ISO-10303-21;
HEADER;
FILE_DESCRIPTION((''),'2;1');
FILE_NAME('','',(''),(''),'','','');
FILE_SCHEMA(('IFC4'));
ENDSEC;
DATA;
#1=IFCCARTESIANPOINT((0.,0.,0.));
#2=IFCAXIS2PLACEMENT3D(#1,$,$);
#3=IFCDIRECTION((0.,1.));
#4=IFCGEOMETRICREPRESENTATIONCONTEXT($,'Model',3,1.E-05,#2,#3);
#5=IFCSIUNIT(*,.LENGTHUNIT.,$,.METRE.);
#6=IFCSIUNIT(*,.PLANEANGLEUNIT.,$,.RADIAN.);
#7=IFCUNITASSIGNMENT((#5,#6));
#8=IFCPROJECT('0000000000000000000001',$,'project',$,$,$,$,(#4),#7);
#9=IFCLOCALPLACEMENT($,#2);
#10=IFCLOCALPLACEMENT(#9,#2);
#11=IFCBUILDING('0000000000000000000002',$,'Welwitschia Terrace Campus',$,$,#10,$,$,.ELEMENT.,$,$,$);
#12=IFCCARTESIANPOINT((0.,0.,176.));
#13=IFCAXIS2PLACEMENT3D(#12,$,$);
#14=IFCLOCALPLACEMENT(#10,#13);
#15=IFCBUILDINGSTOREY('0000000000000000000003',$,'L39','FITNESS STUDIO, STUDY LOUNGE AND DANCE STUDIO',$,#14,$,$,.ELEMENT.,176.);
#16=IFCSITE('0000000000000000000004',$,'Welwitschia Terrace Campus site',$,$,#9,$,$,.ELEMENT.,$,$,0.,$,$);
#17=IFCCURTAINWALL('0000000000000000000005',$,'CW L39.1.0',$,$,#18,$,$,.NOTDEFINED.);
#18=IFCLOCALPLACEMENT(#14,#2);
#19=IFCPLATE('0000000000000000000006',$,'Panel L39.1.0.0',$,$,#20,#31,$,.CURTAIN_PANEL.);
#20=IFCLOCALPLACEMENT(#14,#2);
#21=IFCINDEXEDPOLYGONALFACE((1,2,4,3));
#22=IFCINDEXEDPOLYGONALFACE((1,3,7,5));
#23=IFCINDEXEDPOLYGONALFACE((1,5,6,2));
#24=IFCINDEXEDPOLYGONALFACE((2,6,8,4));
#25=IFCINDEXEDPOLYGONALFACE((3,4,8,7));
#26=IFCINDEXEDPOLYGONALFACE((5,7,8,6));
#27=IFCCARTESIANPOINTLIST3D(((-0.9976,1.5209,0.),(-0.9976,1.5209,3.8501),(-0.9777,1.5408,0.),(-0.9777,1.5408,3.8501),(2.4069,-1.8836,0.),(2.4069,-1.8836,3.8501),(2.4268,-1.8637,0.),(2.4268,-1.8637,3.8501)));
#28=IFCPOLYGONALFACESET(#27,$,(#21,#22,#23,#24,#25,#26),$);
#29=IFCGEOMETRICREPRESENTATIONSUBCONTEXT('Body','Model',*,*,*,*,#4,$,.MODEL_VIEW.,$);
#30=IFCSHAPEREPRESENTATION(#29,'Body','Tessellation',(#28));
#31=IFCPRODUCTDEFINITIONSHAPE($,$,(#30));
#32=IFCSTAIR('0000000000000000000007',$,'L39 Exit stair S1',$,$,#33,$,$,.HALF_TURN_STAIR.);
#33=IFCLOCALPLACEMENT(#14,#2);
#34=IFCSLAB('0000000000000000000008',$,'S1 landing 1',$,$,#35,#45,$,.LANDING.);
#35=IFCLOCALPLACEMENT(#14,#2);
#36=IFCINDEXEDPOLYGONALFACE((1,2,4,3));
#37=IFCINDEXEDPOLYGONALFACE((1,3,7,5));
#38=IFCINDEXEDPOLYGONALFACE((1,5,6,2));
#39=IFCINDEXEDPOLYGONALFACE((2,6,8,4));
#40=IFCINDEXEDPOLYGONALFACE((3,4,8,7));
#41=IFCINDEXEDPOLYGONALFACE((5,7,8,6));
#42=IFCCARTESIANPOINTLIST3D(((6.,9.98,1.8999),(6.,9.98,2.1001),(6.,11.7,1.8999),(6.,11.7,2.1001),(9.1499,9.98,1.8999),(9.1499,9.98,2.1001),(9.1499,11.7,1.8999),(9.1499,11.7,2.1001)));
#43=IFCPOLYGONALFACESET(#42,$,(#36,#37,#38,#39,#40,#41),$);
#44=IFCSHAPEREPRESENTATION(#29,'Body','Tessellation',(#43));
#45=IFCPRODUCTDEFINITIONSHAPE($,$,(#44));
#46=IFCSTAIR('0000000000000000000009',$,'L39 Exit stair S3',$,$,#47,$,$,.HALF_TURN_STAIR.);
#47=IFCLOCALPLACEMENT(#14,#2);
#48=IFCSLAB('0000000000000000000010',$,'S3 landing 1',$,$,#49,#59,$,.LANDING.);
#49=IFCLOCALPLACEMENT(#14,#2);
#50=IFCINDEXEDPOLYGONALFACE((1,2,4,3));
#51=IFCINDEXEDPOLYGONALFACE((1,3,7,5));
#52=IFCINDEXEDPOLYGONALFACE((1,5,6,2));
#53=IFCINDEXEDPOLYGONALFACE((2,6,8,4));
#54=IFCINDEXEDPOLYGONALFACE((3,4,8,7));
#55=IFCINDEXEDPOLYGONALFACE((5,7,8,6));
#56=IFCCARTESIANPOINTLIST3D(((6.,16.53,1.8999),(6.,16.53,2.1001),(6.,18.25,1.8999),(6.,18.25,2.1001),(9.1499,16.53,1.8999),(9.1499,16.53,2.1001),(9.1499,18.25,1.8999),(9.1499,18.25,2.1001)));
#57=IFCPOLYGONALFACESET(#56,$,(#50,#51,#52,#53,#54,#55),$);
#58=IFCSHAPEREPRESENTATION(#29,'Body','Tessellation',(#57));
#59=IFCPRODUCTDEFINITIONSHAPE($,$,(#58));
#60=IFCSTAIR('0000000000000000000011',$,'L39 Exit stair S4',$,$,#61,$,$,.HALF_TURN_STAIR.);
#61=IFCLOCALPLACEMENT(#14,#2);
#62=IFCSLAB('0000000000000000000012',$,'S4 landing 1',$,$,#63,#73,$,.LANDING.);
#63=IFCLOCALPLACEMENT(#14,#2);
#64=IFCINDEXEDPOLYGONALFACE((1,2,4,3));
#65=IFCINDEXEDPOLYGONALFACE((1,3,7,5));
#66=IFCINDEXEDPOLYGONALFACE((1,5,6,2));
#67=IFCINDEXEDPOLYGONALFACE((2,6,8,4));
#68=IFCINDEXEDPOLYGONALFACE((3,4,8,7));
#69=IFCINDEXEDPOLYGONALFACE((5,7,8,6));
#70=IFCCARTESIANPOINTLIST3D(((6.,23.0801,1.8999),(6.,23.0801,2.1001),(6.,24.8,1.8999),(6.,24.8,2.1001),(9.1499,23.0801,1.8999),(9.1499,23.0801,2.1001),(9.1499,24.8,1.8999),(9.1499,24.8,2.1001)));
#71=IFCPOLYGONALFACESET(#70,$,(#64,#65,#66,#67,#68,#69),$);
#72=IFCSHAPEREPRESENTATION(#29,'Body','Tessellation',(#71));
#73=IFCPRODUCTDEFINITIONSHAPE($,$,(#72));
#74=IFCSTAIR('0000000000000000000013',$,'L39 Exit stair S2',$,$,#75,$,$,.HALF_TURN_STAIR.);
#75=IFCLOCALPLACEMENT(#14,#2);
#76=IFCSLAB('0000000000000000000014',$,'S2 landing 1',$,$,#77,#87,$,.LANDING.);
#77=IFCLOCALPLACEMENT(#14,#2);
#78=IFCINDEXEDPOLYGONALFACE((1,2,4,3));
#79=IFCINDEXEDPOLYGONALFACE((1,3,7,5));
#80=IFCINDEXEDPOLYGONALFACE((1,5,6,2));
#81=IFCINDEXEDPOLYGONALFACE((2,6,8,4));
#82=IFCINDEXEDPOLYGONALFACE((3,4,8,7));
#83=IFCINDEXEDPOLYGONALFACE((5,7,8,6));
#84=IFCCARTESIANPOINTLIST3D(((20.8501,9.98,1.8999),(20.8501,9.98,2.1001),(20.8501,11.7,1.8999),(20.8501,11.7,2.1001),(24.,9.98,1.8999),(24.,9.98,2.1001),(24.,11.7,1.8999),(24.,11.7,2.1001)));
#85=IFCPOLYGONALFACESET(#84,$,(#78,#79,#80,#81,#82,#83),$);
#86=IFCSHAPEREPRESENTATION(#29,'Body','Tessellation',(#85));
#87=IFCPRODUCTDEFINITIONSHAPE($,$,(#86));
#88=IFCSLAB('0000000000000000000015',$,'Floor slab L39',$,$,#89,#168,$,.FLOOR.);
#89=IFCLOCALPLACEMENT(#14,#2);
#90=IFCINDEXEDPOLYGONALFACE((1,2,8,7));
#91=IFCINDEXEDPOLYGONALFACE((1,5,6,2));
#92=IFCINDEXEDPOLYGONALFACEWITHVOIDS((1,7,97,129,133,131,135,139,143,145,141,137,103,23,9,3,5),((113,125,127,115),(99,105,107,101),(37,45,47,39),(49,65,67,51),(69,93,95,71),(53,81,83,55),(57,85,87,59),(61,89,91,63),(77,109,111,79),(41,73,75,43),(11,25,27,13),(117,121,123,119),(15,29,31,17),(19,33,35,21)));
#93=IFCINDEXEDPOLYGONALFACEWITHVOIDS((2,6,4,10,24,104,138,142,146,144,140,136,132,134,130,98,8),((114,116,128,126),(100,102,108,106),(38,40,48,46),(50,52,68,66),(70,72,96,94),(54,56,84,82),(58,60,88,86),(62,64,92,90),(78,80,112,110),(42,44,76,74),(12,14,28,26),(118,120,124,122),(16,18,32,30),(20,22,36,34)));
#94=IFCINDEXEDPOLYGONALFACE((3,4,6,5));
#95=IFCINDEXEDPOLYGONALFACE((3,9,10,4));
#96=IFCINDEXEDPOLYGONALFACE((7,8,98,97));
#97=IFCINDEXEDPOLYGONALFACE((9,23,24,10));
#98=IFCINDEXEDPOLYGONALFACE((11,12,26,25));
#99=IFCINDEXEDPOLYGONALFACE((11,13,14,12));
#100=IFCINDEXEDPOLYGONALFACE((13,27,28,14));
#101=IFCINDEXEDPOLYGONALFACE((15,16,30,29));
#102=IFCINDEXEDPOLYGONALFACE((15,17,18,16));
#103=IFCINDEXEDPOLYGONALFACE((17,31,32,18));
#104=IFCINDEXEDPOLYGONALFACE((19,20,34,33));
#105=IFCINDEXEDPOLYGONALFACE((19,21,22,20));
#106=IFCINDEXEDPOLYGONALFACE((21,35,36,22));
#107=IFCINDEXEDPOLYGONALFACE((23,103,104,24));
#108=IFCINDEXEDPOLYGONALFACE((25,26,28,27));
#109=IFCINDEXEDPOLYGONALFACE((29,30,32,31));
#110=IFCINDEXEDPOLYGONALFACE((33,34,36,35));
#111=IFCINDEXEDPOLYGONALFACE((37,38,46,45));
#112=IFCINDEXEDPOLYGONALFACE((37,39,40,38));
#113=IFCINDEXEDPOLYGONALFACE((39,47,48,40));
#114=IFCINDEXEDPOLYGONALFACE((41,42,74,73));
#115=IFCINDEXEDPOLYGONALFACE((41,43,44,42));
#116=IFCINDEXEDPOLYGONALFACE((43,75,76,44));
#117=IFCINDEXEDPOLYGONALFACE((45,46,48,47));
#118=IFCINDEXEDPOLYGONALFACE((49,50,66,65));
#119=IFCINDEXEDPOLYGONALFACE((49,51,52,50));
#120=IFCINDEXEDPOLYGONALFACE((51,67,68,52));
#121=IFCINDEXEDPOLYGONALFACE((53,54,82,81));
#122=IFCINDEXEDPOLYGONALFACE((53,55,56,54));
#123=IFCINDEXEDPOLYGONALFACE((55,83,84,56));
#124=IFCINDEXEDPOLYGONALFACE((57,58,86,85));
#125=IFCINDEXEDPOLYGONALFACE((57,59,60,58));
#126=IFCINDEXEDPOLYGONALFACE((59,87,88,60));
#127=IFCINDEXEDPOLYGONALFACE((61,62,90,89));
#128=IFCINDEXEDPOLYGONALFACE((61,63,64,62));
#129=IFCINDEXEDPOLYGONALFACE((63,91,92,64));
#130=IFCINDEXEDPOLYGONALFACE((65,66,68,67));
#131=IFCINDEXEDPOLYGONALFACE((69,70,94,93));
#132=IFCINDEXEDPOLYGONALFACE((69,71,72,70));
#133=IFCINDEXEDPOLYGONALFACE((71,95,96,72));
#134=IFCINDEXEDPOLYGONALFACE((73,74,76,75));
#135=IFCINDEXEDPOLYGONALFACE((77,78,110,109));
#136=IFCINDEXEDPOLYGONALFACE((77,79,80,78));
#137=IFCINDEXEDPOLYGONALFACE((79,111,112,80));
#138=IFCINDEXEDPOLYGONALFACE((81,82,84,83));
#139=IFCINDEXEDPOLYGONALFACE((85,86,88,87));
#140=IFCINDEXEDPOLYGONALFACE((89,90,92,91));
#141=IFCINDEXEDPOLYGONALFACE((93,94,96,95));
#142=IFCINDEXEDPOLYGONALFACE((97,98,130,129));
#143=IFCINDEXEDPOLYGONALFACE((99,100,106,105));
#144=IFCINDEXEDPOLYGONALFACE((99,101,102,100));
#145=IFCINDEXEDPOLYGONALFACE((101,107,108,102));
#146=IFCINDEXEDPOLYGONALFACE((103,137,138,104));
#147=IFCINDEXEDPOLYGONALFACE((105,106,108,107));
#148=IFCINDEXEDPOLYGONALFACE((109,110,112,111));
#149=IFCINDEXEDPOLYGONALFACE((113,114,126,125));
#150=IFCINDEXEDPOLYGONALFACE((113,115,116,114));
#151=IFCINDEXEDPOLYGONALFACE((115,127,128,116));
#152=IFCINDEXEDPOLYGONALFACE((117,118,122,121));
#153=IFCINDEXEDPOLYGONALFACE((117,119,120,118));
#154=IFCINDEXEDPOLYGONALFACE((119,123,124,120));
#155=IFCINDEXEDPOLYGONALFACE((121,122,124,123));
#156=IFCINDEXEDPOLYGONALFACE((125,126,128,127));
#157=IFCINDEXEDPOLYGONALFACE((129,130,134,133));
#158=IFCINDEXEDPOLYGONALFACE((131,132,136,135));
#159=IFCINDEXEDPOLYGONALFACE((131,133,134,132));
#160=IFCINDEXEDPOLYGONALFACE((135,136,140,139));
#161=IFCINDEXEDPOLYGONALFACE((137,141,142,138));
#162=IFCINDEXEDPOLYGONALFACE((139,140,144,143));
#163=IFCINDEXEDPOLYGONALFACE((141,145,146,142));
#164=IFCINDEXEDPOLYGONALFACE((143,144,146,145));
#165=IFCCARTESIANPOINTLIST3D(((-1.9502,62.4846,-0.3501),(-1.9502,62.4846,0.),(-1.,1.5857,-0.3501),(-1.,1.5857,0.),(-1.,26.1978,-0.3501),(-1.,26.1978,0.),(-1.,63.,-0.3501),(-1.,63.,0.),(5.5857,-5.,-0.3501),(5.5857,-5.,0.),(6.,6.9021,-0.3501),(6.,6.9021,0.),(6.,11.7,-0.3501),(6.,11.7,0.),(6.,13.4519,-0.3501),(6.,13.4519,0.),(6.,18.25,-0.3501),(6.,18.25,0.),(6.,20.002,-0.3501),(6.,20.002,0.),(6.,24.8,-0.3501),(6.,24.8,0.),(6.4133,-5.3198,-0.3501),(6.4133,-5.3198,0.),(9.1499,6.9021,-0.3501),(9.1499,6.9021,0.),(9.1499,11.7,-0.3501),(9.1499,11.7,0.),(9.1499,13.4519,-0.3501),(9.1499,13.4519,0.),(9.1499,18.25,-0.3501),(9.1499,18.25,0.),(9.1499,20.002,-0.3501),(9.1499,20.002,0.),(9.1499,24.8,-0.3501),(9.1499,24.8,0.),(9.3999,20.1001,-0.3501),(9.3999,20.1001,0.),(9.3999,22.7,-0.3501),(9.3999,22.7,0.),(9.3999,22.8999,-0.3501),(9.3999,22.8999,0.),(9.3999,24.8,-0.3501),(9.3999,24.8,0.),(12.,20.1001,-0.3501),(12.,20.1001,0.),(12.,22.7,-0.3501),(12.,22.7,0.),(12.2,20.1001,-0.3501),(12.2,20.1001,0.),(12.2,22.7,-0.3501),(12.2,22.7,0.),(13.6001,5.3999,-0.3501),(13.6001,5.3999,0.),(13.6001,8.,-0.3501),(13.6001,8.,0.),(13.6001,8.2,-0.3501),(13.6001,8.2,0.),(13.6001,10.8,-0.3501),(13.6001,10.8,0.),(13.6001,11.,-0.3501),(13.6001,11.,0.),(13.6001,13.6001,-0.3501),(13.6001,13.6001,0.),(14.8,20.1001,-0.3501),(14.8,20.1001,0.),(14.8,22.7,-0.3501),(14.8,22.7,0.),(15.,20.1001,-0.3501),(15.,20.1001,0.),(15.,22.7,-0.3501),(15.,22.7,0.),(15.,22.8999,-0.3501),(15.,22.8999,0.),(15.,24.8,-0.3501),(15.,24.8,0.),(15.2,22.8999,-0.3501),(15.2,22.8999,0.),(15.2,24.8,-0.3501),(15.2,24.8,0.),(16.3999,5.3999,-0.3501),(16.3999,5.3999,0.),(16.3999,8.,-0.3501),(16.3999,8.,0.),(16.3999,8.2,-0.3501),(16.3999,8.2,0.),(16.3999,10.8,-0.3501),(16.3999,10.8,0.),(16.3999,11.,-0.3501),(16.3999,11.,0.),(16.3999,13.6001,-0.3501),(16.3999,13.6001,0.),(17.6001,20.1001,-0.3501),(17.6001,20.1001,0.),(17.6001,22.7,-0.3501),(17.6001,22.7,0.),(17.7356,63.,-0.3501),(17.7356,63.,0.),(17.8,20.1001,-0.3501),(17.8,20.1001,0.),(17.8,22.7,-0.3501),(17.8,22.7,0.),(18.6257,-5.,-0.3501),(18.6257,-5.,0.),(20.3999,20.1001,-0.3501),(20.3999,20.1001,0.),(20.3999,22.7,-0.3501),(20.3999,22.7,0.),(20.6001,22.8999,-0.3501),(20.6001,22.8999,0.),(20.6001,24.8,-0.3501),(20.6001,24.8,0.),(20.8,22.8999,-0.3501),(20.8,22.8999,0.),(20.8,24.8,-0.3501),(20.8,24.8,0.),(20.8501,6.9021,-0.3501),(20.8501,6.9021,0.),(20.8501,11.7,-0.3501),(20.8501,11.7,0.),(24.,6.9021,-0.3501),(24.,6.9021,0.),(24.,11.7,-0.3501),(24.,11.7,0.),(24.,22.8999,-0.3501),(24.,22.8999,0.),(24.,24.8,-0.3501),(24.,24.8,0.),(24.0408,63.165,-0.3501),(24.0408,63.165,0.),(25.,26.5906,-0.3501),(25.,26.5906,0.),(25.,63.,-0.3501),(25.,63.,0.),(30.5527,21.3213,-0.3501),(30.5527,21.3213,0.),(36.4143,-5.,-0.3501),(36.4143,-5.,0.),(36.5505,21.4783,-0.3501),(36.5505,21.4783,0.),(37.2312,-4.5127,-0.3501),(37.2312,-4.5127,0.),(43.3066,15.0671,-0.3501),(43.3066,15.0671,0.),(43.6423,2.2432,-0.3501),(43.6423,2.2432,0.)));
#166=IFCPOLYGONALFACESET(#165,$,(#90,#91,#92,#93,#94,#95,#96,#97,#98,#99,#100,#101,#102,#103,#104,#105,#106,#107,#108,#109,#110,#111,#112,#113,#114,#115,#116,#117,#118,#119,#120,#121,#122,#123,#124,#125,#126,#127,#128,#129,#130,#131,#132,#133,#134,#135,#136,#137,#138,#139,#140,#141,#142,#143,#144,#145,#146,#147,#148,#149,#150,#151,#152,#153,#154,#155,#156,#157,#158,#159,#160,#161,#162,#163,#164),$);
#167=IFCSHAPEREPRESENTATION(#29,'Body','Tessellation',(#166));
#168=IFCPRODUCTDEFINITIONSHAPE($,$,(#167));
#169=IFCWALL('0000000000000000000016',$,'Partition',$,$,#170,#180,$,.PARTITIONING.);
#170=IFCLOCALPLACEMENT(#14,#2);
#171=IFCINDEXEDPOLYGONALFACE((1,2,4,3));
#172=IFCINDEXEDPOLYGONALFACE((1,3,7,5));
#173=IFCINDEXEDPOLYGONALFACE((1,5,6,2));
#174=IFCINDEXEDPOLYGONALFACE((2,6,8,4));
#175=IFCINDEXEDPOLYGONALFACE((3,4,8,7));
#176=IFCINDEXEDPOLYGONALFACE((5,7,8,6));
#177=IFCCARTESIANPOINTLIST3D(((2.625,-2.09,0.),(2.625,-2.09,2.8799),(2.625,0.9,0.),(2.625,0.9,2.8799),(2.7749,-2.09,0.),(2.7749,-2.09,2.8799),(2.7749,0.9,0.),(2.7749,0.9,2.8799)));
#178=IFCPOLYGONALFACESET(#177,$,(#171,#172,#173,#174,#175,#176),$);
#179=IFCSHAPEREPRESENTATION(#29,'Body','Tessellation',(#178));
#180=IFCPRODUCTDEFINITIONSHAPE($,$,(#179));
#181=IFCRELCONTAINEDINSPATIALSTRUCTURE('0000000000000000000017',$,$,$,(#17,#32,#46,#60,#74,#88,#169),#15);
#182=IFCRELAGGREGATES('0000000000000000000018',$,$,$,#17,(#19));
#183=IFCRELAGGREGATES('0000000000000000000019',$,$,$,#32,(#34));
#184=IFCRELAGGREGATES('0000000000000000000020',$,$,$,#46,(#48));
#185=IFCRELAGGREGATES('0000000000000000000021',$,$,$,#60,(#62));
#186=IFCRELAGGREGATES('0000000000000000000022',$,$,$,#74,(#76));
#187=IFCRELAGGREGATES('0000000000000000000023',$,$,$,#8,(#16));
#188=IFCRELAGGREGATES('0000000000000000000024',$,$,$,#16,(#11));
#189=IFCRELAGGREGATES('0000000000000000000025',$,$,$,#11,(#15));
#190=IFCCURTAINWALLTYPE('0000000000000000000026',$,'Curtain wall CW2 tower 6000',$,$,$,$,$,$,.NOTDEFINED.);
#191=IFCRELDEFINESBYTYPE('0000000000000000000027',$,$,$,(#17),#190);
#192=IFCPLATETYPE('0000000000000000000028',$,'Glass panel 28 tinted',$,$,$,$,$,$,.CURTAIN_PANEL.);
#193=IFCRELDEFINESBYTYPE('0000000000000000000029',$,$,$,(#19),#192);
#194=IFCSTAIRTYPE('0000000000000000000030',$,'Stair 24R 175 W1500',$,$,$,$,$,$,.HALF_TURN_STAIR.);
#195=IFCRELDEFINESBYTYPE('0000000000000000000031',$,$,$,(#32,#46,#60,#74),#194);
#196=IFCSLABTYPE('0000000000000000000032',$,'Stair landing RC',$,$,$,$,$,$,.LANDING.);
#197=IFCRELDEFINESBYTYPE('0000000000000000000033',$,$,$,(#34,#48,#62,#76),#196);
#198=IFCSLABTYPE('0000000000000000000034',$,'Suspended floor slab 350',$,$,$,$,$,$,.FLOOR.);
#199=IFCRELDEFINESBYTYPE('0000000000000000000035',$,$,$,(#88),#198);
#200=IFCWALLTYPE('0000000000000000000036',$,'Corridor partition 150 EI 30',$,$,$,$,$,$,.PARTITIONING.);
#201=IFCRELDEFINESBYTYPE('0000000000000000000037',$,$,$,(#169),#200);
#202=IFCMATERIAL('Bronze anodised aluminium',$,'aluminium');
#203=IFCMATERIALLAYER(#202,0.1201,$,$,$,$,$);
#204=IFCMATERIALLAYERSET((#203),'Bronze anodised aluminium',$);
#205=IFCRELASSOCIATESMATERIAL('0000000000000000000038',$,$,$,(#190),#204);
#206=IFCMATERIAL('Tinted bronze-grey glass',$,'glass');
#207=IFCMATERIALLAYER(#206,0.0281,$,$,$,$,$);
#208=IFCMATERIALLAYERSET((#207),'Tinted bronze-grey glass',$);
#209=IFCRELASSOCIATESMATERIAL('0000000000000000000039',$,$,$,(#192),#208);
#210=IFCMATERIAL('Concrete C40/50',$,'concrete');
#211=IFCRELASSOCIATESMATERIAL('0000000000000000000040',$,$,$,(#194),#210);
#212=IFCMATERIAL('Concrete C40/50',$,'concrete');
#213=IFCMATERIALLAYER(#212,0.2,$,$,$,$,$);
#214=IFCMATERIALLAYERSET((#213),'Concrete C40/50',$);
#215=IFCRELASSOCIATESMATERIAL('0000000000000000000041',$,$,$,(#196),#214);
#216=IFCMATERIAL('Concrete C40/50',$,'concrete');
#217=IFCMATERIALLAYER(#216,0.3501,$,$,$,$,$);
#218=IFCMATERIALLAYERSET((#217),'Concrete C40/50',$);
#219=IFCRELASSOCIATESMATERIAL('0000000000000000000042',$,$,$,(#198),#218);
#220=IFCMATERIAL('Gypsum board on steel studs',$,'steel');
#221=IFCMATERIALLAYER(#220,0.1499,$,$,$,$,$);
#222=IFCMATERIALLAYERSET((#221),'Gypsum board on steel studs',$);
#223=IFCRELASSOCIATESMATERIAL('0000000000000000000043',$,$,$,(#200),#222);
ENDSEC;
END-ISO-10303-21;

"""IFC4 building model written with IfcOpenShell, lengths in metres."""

from ifc_helpers import new_model, si_unit, direction, frame, frame_2d, origin, origin_2d, place, context, subcontext, project, spatial, polyline, rectangle, outline, extrude, material, layer, layer_set, type_object, element, aggregate, save


model = new_model("IFC4")

# Units and contexts
model_context = context("Model", 3, precision=1e-05, world=origin(), true_north=direction((0.0, 1.0)))
body_context = subcontext(model_context, "Body", "Model", "MODEL_VIEW")
ifc_project = project(units=[si_unit("LENGTHUNIT", "METRE"), si_unit("PLANEANGLEUNIT", "RADIAN")], contexts=[model_context])

# Site, building, storey
site_placement = place(None, origin())
site = spatial("IfcSite", under=ifc_project, at=site_placement, Name="Welwitschia Terrace Campus site", CompositionType="ELEMENT", RefElevation=0.0)
building_placement = place(site_placement, origin())
building = spatial("IfcBuilding", under=site, at=building_placement, Name="Welwitschia Terrace Campus", CompositionType="ELEMENT")
storey_placement = place(building_placement, frame((0.0, 0.0, 176.0)))
storey = spatial("IfcBuildingStorey", under=building, at=storey_placement, Name="L39", Description="FITNESS STUDIO, STUDY LOUNGE AND DANCE STUDIO", CompositionType="ELEMENT", Elevation=176.0)

# Shared definitions
ifc_material_1 = material(Name="Bronze anodised aluminium", Category="aluminium")
ifc_layer_1 = layer(ifc_material_1, 0.1201)
ifc_layer_set_1 = layer_set([ifc_layer_1], Name="Bronze anodised aluminium")
curtain_wall_type = type_object("IfcCurtainWallType", Name="Curtain wall CW2 tower 6000", PredefinedType="NOTDEFINED", material=ifc_layer_set_1)

# Curtain wall
curtain_wall_1_placement = place(storey_placement, origin())
curtain_wall_1 = element("IfcCurtainWall", 1, at=curtain_wall_1_placement, inside=storey, type_object=curtain_wall_type, Name="CW L39.1.0", PredefinedType="NOTDEFINED")

# Plate
ifc_material_2 = material(Name="Tinted bronze-grey glass", Category="glass")
ifc_layer_2 = layer(ifc_material_2, 0.0281)
ifc_layer_set_2 = layer_set([ifc_layer_2], Name="Tinted bronze-grey glass")
plate_type = type_object("IfcPlateType", Name="Glass panel 28 tinted", PredefinedType="CURTAIN_PANEL", material=ifc_layer_set_2)
plate_1_placement = place(storey_placement, frame((0.7146, -0.1714, 0.0), z_axis=(0.0, 0.0, 1.0), x_axis=(0.707107, -0.707107, 0.0)))
plate_1 = element("IfcPlate", 2, at=plate_1_placement, type_object=plate_type, Name="Panel L39.1.0.0", PredefinedType="CURTAIN_PANEL", context=body_context, shape_type="SweptSolid", body=[
    extrude(rectangle(XDim=4.8147, YDim=0.0281, at=origin_2d()), origin(), (0.0, 0.0, 1.0), 3.8501),
])
aggregate(curtain_wall_1, [plate_1])

# Stairs, slabs
ifc_material_3 = material(Name="Concrete C40/50", Category="concrete")
stair_type = type_object("IfcStairType", Name="Stair 24R 175 W1500", PredefinedType="HALF_TURN_STAIR", material=ifc_material_3)
stair_1_placement = place(storey_placement, origin())
stair_1 = element("IfcStair", 3, at=stair_1_placement, inside=storey, type_object=stair_type, Name="L39 Exit stair S1", PredefinedType="HALF_TURN_STAIR")
ifc_material_4 = material(Name="Concrete C40/50", Category="concrete")
ifc_layer_3 = layer(ifc_material_4, 0.2)
ifc_layer_set_3 = layer_set([ifc_layer_3], Name="Concrete C40/50")
slab_type_1 = type_object("IfcSlabType", Name="Stair landing RC", PredefinedType="LANDING", material=ifc_layer_set_3)
slab_1_placement = place(storey_placement, frame((0.0, 0.0, 1.8999)))
slab_1 = element("IfcSlab", 4, at=slab_1_placement, type_object=slab_type_1, Name="S1 landing 1", PredefinedType="LANDING", context=body_context, shape_type="SweptSolid", body=[
    extrude(outline(polyline([(9.1499, 9.98), (9.1499, 11.7), (6.0, 11.7), (6.0, 9.98), (9.1499, 9.98)])), origin(), (0.0, 0.0, 1.0), 0.2002),
])
aggregate(stair_1, [slab_1])
stair_2_placement = place(storey_placement, origin())
stair_2 = element("IfcStair", 5, at=stair_2_placement, inside=storey, type_object=stair_type, Name="L39 Exit stair S3", PredefinedType="HALF_TURN_STAIR")
slab_2_placement = place(storey_placement, frame((0.0, 0.0, 1.8999)))
slab_2 = element("IfcSlab", 6, at=slab_2_placement, type_object=slab_type_1, Name="S3 landing 1", PredefinedType="LANDING", context=body_context, shape_type="SweptSolid", body=[
    extrude(outline(polyline([(9.1499, 16.53), (9.1499, 18.25), (6.0, 18.25), (6.0, 16.53), (9.1499, 16.53)])), origin(), (0.0, 0.0, 1.0), 0.2002),
])
aggregate(stair_2, [slab_2])
stair_3_placement = place(storey_placement, origin())
stair_3 = element("IfcStair", 7, at=stair_3_placement, inside=storey, type_object=stair_type, Name="L39 Exit stair S4", PredefinedType="HALF_TURN_STAIR")
slab_3_placement = place(storey_placement, frame((0.0, 0.0, 1.8999)))
slab_3 = element("IfcSlab", 8, at=slab_3_placement, type_object=slab_type_1, Name="S4 landing 1", PredefinedType="LANDING", context=body_context, shape_type="SweptSolid", body=[
    extrude(outline(polyline([(9.1499, 23.0801), (9.1499, 24.8), (6.0, 24.8), (6.0, 23.0801), (9.1499, 23.0801)])), origin(), (0.0, 0.0, 1.0), 0.2002),
])
aggregate(stair_3, [slab_3])
stair_4_placement = place(storey_placement, origin())
stair_4 = element("IfcStair", 9, at=stair_4_placement, inside=storey, type_object=stair_type, Name="L39 Exit stair S2", PredefinedType="HALF_TURN_STAIR")
slab_4_placement = place(storey_placement, frame((0.0, 0.0, 1.8999)))
slab_4 = element("IfcSlab", 10, at=slab_4_placement, type_object=slab_type_1, Name="S2 landing 1", PredefinedType="LANDING", context=body_context, shape_type="SweptSolid", body=[
    extrude(outline(polyline([(24.0, 9.98), (24.0, 11.7), (20.8501, 11.7), (20.8501, 9.98), (24.0, 9.98)])), origin(), (0.0, 0.0, 1.0), 0.2002),
])
aggregate(stair_4, [slab_4])

# Slab
ifc_material_5 = material(Name="Concrete C40/50", Category="concrete")
ifc_layer_4 = layer(ifc_material_5, 0.3501)
ifc_layer_set_4 = layer_set([ifc_layer_4], Name="Concrete C40/50")
slab_type_2 = type_object("IfcSlabType", Name="Suspended floor slab 350", PredefinedType="FLOOR", material=ifc_layer_set_4)
slab_5_placement = place(storey_placement, frame((0.0, 0.0, -0.3501)))
element("IfcSlab", 11, at=slab_5_placement, inside=storey, type_object=slab_type_2, Name="Floor slab L39", PredefinedType="FLOOR", context=body_context, shape_type="SweptSolid", body=[
    extrude(outline(polyline([(-1.0, 63.0), (17.7356, 63.0), (24.0408, 63.165), (25.0, 63.0), (25.0, 26.5906), (30.5527, 21.3213), (36.5505, 21.4783), (43.3066, 15.0671), (43.6423, 2.2432), (37.2312, -4.5127), (36.4143, -5.0), (18.6257, -5.0), (6.4133, -5.3198), (5.5857, -5.0), (-1.0, 1.5857), (-1.0, 26.1978), (-1.9502, 62.4846), (-1.0, 63.0)]), holes=[polyline([(13.6001, 8.0), (13.6001, 5.3999), (16.3999, 5.3999), (16.3999, 8.0), (13.6001, 8.0)]), polyline([(9.1499, 11.7), (6.0, 11.7), (6.0, 6.9021), (9.1499, 6.9021), (9.1499, 11.7)]), polyline([(9.1499, 18.25), (6.0, 18.25), (6.0, 13.4519), (9.1499, 13.4519), (9.1499, 18.25)]), polyline([(12.0, 22.7), (9.3999, 22.7), (9.3999, 20.1001), (12.0, 20.1001), (12.0, 22.7)]), polyline([(14.8, 22.7), (12.2, 22.7), (12.2, 20.1001), (14.8, 20.1001), (14.8, 22.7)]), polyline([(9.1499, 24.8), (6.0, 24.8), (6.0, 20.002), (9.1499, 20.002), (9.1499, 24.8)]), polyline([(15.0, 24.8), (9.3999, 24.8), (9.3999, 22.8999), (15.0, 22.8999), (15.0, 24.8)]), polyline([(20.8501, 11.7), (20.8501, 6.9021), (24.0, 6.9021), (24.0, 11.7), (20.8501, 11.7)]), polyline([(16.3999, 10.8), (13.6001, 10.8), (13.6001, 8.2), (16.3999, 8.2), (16.3999, 10.8)]), polyline([(16.3999, 13.6001), (13.6001, 13.6001), (13.6001, 11.0), (16.3999, 11.0), (16.3999, 13.6001)]), polyline([(17.6001, 22.7), (15.0, 22.7), (15.0, 20.1001), (17.6001, 20.1001), (17.6001, 22.7)]), polyline([(20.3999, 22.7), (17.8, 22.7), (17.8, 20.1001), (20.3999, 20.1001), (20.3999, 22.7)]), polyline([(20.6001, 24.8), (15.2, 24.8), (15.2, 22.8999), (20.6001, 22.8999), (20.6001, 24.8)]), polyline([(24.0, 24.8), (20.8, 24.8), (20.8, 22.8999), (24.0, 22.8999), (24.0, 24.8)])]), origin(), (0.0, 0.0, 1.0), 0.3501),
])

# Wall
ifc_material_6 = material(Name="Gypsum board on steel studs", Category="steel")
ifc_layer_5 = layer(ifc_material_6, 0.1499)
ifc_layer_set_5 = layer_set([ifc_layer_5], Name="Gypsum board on steel studs")
wall_type = type_object("IfcWallType", Name="Corridor partition 150 EI 30", PredefinedType="PARTITIONING", material=ifc_layer_set_5)
wall_placement = place(storey_placement, frame((2.7, -2.0901, 0.0), z_axis=(0.0, 0.0, 1.0), x_axis=(0.0, 1.0, 0.0)))
element("IfcWall", 12, at=wall_placement, inside=storey, type_object=wall_type, Name="Partition", PredefinedType="PARTITIONING", context=body_context, shape_type="SweptSolid", body=[
    extrude(rectangle(XDim=2.99, YDim=0.1499, at=frame_2d((1.4951, 0.0))), origin(), (0.0, 0.0, 1.0), 2.8799),
])

save(model, "model.ifc")
